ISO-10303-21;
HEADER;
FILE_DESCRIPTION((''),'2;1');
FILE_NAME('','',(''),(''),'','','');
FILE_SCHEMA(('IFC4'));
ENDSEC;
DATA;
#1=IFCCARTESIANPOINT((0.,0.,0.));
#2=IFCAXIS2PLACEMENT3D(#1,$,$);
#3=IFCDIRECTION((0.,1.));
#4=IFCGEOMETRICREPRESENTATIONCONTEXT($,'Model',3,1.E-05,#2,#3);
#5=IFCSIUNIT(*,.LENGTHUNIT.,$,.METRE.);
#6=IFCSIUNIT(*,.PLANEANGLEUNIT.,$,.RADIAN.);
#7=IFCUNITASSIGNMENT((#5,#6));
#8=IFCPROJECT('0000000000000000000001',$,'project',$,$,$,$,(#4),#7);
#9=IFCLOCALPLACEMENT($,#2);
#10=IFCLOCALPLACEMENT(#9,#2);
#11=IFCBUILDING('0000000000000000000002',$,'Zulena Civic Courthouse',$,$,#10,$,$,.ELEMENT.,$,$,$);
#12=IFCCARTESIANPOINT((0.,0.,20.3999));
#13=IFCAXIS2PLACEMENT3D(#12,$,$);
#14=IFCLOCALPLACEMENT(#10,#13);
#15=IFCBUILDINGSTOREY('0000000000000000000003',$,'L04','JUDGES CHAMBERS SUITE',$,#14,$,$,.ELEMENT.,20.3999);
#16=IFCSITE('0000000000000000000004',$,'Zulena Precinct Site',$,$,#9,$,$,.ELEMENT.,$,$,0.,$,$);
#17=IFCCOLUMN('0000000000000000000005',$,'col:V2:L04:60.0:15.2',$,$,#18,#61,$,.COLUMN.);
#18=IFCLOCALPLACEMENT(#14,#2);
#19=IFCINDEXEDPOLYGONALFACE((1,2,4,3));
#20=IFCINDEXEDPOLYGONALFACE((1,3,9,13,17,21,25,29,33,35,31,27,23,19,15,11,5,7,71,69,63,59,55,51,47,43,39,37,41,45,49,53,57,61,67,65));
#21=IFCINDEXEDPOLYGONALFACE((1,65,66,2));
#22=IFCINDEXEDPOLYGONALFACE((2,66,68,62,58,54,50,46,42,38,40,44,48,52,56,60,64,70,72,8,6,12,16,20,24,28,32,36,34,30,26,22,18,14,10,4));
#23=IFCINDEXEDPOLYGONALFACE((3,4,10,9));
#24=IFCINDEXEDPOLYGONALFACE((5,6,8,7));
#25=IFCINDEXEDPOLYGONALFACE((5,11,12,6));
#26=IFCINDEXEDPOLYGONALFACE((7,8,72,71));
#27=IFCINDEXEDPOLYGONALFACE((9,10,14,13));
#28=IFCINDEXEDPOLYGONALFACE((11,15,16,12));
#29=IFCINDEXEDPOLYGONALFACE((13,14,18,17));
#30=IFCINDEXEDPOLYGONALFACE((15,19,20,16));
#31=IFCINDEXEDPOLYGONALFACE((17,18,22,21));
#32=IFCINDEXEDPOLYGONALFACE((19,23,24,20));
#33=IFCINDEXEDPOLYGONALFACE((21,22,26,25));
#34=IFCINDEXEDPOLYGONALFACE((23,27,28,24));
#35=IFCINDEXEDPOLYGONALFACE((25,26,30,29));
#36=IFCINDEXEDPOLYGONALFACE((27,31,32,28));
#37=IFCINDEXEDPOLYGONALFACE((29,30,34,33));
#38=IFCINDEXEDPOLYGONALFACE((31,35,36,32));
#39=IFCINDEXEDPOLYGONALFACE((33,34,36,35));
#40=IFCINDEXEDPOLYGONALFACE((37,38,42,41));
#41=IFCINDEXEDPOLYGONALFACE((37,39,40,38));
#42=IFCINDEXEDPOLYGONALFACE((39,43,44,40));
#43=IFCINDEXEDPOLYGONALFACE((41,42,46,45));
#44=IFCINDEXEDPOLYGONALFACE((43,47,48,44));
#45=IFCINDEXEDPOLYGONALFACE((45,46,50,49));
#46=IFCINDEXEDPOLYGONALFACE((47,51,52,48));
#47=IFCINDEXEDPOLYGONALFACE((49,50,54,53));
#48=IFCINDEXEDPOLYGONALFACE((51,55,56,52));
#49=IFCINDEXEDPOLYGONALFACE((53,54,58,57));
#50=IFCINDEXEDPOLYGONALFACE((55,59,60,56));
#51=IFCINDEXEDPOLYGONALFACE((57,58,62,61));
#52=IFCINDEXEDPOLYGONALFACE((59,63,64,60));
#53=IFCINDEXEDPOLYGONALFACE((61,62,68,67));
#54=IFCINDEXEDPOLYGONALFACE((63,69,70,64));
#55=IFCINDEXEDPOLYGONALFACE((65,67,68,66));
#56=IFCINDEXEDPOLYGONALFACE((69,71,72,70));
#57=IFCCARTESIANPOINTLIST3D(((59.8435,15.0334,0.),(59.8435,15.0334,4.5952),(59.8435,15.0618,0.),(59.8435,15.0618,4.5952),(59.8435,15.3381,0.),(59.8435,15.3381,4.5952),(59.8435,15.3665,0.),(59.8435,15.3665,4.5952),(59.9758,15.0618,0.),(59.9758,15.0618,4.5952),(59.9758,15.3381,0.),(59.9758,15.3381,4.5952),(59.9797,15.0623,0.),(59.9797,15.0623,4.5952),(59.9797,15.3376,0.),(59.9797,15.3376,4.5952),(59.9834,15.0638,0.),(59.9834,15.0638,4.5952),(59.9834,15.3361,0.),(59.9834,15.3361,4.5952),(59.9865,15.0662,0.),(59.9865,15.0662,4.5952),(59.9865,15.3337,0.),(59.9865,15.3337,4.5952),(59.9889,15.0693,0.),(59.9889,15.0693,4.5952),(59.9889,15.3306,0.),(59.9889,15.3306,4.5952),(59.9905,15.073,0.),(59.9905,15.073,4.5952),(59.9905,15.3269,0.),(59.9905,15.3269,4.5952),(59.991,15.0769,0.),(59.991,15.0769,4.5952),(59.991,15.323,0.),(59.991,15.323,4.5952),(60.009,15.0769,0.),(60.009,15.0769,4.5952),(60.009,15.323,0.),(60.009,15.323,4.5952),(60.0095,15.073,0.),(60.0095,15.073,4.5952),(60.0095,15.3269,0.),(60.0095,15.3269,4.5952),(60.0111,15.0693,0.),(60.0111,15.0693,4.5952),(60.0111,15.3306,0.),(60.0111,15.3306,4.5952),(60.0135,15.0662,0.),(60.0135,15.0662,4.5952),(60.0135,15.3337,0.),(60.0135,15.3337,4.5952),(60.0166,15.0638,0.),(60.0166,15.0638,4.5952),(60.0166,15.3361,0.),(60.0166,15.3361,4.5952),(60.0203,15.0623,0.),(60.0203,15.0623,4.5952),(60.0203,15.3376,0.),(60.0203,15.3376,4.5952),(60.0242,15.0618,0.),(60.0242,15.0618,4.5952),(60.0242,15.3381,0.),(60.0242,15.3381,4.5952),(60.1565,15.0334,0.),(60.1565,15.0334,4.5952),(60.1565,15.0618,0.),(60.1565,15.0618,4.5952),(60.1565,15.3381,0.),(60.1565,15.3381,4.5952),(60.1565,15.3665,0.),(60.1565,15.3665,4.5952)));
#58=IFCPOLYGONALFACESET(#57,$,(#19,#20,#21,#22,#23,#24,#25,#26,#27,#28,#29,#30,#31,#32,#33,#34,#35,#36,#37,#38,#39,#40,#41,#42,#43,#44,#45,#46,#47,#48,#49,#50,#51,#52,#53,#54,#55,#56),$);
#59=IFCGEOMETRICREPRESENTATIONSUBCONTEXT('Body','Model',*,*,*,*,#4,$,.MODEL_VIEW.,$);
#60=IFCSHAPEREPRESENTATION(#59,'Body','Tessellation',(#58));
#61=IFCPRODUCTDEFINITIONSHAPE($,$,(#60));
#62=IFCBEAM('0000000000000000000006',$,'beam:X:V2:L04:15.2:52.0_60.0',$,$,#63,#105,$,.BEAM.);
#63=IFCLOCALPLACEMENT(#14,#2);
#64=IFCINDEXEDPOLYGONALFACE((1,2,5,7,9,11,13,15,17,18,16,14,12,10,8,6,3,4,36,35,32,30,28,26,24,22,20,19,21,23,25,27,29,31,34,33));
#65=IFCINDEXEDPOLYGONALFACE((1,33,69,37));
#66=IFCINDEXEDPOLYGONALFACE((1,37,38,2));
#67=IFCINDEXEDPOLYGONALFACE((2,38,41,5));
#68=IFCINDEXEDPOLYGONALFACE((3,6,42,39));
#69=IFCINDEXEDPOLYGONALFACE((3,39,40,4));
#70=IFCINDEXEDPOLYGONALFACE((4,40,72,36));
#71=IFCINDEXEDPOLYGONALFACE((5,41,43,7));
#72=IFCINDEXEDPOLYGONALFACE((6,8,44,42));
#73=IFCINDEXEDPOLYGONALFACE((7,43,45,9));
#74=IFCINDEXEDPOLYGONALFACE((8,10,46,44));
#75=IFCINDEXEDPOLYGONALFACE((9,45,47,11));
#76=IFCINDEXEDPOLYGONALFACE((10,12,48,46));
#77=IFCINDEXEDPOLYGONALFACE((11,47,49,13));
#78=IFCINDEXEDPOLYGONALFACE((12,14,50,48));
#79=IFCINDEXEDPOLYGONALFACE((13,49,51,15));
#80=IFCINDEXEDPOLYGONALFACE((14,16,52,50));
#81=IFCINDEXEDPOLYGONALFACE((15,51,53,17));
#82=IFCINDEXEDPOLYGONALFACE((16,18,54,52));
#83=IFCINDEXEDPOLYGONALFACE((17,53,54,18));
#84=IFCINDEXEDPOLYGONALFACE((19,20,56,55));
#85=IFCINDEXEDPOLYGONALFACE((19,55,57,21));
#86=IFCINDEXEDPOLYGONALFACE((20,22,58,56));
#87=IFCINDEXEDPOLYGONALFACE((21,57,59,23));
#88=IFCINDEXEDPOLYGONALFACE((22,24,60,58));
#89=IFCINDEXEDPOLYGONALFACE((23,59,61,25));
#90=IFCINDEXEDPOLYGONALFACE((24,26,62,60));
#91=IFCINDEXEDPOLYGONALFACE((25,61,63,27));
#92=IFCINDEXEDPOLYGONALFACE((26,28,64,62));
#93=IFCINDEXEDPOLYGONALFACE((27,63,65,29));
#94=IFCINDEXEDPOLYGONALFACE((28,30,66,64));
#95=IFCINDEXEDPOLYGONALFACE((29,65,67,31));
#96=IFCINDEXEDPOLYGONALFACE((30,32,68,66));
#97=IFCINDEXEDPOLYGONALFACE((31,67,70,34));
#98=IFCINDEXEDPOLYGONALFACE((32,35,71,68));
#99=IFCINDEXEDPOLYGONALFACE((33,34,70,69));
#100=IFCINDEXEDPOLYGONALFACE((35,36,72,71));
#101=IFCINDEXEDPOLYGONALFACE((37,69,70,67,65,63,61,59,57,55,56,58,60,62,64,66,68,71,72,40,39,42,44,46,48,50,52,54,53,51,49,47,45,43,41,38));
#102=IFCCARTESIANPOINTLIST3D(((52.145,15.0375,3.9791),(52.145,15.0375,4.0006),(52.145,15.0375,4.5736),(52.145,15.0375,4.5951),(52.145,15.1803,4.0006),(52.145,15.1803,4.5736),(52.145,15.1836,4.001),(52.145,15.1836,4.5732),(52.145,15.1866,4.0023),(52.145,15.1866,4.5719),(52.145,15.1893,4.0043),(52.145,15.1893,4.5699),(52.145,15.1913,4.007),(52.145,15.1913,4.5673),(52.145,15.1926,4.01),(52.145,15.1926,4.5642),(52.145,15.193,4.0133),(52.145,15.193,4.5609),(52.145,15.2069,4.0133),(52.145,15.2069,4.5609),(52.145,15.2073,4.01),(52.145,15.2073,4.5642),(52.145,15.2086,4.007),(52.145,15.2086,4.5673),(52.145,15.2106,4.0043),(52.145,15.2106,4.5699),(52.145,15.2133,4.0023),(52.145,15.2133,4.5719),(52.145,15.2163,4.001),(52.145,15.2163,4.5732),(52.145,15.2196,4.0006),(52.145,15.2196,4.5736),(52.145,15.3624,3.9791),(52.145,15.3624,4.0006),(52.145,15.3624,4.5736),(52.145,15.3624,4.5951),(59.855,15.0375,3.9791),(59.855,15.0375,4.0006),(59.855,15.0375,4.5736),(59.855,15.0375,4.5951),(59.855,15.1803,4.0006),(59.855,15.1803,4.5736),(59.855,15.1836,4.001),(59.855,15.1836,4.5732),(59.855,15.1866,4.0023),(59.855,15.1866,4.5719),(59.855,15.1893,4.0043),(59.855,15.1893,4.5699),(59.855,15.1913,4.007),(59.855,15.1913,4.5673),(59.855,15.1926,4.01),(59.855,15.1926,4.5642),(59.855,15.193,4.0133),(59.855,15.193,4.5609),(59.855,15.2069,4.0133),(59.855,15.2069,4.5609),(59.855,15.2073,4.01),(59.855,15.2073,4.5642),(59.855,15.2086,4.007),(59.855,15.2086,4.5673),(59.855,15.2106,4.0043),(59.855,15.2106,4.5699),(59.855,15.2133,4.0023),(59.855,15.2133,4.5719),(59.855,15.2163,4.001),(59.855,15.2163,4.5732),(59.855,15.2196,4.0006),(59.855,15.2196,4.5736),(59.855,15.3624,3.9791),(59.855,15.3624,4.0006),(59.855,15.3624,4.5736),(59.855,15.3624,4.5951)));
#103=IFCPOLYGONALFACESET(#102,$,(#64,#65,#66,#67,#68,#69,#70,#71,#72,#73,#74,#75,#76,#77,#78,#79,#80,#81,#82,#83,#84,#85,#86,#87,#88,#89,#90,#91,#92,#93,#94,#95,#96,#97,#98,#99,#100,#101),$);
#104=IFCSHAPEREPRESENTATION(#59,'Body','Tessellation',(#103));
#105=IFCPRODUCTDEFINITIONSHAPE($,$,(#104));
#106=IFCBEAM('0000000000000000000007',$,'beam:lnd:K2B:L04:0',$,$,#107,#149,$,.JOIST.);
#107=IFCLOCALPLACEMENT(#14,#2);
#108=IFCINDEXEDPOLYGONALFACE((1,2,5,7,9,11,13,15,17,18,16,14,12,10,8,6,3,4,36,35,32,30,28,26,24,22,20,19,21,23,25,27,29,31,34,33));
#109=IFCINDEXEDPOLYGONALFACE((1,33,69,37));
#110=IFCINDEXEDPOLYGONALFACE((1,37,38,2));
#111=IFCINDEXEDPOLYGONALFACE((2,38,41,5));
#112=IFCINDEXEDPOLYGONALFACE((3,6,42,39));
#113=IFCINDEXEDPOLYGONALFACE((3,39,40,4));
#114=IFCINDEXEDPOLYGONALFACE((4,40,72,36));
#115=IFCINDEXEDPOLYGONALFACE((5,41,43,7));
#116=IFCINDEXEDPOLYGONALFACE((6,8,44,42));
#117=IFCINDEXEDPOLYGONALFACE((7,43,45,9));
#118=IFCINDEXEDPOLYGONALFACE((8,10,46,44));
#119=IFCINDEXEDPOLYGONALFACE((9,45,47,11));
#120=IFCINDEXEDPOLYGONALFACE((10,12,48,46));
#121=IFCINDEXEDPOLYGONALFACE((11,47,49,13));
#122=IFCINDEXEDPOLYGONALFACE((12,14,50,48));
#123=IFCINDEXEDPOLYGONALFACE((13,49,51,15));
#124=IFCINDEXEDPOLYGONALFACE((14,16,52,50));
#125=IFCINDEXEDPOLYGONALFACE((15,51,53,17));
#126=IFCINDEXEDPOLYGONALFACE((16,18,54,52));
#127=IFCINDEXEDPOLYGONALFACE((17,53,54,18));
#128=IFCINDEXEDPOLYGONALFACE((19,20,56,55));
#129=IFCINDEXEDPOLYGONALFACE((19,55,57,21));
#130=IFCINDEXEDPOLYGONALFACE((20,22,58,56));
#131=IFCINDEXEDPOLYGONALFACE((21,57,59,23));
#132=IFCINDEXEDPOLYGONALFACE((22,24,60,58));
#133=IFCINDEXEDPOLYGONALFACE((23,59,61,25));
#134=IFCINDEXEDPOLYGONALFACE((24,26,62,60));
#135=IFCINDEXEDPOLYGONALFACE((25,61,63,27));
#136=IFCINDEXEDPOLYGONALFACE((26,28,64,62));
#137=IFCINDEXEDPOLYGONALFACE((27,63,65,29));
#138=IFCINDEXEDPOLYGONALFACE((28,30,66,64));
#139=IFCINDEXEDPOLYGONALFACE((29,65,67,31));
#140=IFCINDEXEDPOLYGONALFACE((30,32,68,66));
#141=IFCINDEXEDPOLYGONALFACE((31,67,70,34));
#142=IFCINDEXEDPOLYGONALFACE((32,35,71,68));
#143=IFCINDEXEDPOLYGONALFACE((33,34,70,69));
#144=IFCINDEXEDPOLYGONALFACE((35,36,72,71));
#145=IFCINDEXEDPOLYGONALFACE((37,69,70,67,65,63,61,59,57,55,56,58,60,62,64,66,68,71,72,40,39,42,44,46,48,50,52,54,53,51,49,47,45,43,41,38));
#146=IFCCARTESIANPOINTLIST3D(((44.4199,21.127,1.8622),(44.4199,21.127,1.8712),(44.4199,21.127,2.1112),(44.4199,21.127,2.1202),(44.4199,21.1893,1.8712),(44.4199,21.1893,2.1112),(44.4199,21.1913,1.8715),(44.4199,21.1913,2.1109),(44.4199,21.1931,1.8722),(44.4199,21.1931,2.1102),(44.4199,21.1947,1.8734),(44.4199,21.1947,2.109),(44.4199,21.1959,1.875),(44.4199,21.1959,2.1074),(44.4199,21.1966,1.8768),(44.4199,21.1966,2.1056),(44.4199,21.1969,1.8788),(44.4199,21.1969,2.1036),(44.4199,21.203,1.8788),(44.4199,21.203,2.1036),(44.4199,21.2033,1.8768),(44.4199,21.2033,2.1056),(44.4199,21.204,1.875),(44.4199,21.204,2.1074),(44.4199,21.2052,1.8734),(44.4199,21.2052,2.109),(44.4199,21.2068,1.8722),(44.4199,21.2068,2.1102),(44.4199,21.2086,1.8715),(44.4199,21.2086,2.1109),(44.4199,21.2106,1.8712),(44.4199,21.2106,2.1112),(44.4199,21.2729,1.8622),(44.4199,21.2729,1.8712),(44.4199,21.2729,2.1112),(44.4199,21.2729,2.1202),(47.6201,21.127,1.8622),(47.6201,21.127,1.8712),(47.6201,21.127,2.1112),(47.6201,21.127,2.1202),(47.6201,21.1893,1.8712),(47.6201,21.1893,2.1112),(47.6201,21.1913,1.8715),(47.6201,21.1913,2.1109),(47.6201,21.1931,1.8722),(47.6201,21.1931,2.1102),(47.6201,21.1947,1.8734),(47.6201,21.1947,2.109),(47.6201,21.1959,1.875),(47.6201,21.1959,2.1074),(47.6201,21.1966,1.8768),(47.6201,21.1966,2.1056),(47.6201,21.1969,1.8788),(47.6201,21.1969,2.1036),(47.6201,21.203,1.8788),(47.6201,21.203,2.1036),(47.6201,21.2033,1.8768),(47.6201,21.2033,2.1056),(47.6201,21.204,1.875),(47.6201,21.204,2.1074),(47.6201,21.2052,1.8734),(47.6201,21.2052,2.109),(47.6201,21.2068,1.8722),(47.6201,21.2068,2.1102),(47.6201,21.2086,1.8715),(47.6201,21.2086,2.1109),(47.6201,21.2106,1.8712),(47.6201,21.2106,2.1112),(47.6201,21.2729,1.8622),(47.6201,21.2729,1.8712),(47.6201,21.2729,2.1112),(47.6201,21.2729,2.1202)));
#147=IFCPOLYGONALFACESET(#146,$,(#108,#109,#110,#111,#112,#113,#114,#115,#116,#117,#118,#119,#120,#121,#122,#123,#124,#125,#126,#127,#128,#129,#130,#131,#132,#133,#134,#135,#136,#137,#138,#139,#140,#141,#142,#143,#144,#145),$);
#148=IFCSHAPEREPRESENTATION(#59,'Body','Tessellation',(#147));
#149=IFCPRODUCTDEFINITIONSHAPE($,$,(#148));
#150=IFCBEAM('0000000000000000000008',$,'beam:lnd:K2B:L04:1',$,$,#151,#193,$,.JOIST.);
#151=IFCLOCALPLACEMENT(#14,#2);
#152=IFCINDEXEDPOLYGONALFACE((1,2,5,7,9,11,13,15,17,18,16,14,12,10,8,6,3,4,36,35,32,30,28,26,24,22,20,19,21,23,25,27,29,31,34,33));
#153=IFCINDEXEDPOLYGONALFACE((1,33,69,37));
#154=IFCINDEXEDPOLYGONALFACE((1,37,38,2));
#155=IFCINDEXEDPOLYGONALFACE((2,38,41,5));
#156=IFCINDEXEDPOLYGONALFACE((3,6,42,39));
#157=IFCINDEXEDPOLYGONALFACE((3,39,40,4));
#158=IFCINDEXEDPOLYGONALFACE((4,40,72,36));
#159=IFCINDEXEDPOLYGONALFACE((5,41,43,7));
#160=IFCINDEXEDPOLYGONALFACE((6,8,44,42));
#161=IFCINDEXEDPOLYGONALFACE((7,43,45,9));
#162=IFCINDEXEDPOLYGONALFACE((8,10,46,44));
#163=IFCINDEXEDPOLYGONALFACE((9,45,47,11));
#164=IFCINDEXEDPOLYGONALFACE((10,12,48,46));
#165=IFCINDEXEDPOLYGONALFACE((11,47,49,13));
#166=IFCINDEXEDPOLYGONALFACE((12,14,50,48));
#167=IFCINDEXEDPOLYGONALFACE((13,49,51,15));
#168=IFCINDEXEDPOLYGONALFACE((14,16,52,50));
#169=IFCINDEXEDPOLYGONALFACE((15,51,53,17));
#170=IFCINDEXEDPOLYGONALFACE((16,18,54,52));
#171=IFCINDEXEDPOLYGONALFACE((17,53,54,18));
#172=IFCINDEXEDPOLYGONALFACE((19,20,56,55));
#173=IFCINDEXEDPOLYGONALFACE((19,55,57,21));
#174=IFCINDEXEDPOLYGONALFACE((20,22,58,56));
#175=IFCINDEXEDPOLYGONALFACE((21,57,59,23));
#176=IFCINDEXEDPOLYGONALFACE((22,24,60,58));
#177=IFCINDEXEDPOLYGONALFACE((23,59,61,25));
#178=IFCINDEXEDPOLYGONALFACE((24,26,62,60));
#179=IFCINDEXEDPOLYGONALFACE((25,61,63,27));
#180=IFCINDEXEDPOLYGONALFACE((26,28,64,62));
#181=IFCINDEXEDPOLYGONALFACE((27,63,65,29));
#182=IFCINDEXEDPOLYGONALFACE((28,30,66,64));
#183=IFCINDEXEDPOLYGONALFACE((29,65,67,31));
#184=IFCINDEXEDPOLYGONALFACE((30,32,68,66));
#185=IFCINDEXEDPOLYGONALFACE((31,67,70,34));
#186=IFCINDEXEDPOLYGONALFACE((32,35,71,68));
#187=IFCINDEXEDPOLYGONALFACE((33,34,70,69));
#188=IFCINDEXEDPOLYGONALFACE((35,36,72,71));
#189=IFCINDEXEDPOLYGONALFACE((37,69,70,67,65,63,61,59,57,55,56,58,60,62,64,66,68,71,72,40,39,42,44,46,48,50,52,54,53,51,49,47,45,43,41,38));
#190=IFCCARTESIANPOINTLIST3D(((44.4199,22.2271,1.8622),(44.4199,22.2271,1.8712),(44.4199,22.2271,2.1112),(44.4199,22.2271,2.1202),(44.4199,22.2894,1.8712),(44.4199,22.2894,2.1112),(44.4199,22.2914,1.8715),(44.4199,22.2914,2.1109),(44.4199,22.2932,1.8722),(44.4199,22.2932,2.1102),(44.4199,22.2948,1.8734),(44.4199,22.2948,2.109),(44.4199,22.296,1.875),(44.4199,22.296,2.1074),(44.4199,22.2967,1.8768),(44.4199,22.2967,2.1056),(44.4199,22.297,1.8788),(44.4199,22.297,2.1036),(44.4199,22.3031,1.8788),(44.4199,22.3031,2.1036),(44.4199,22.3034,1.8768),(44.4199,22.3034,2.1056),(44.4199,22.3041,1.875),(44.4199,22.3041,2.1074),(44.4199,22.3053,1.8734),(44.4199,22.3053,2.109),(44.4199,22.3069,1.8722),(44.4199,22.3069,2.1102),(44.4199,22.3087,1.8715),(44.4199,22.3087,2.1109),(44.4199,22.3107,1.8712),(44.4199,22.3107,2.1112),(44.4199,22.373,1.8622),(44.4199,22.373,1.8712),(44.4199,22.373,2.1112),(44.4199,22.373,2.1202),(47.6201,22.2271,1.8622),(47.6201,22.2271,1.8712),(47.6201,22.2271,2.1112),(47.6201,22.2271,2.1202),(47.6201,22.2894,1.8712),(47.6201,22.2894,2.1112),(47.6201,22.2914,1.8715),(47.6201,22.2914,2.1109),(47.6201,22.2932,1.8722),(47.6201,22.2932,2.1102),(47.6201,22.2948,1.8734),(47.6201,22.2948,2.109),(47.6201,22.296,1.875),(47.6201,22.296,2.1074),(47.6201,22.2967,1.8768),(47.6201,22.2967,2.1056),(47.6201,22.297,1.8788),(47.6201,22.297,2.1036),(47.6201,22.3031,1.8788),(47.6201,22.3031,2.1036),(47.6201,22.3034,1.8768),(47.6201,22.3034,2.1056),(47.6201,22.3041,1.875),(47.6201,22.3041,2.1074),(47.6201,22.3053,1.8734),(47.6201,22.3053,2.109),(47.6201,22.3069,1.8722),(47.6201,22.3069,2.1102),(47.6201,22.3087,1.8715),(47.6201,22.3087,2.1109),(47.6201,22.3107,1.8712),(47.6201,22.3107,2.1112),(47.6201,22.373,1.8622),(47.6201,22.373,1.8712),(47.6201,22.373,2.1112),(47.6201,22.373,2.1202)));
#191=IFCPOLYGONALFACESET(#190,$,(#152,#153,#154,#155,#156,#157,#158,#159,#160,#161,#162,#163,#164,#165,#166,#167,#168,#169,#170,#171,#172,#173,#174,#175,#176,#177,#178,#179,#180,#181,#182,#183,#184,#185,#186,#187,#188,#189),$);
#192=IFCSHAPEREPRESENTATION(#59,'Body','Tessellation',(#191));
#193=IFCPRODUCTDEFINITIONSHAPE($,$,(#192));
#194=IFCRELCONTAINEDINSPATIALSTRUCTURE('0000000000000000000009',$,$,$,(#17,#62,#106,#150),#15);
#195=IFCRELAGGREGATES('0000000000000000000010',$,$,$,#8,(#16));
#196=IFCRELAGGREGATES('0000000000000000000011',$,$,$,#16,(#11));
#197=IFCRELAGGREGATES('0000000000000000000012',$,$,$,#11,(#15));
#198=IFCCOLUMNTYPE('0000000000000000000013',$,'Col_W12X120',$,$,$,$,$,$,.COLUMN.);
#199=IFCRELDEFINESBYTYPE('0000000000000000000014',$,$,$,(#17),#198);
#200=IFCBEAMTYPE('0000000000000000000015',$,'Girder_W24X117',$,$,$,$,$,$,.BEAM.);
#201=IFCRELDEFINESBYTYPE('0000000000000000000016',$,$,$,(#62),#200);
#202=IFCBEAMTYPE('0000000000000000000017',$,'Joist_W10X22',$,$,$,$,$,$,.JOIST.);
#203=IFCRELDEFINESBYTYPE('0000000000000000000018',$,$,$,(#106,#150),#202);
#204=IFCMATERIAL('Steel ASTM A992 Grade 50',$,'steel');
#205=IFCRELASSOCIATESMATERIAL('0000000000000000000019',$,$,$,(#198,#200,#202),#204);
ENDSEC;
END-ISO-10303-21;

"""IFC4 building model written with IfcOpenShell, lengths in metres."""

from ifc_helpers import new_model, si_unit, direction, frame, origin, origin_2d, place, context, subcontext, project, spatial, i_section, extrude, material, material_profile, profile_set, type_object, element, save


model = new_model("IFC4")

# Units and contexts
model_context = context("Model", 3, precision=1e-05, world=origin(), true_north=direction((0.0, 1.0)))
body_context = subcontext(model_context, "Body", "Model", "MODEL_VIEW")
ifc_project = project(units=[si_unit("LENGTHUNIT", "METRE"), si_unit("PLANEANGLEUNIT", "RADIAN")], contexts=[model_context])

# Site, building, storey
site_placement = place(None, origin())
site = spatial("IfcSite", under=ifc_project, at=site_placement, Name="Zulena Precinct Site", CompositionType="ELEMENT", RefElevation=0.0)
building_placement = place(site_placement, origin())
building = spatial("IfcBuilding", under=site, at=building_placement, Name="Zulena Civic Courthouse", CompositionType="ELEMENT")
storey_placement = place(building_placement, frame((0.0, 0.0, 20.3999)))
storey = spatial("IfcBuildingStorey", under=building, at=storey_placement, Name="L04", Description="JUDGES CHAMBERS SUITE", CompositionType="ELEMENT", Elevation=20.3999)

# Column
ifc_material_1 = material(Name="Steel ASTM A992 Grade 50", Category="steel")
ifc_material_profile_1 = material_profile(ifc_material_1, i_section(OverallWidth=0.313, OverallDepth=0.333, WebThickness=0.0181, FlangeThickness=0.0283, FilletRadius=0.0151, at=origin_2d()), Name="W12X120")
ifc_profile_set_1 = profile_set([ifc_material_profile_1], Name="Steel ASTM A992 Grade 50")
column_type_1 = type_object("IfcColumnType", Name="Col_W12X120", PredefinedType="COLUMN", material=ifc_profile_set_1)
column_placement = place(storey_placement, frame((60.0, 15.2, 0.0), z_axis=(0.0, 0.0, 1.0), x_axis=(1.0, 0.0, 0.0)))
element("IfcColumn", 1, at=column_placement, inside=storey, type_object=column_type_1, Name="col:V2:L04:60.0:15.2", PredefinedType="COLUMN", context=body_context, shape_type="SweptSolid", body=[
    extrude(i_section(OverallWidth=0.313, OverallDepth=0.333, WebThickness=0.0181, FlangeThickness=0.0283, FilletRadius=0.0151, at=origin_2d()), origin(), (0.0, 0.0, 1.0), 4.5952),
])

# Beams
ifc_material_profile_2 = material_profile(ifc_material_1, i_section(OverallWidth=0.325, OverallDepth=0.616, WebThickness=0.0139, FlangeThickness=0.0215, FilletRadius=0.0127, at=origin_2d()), Name="W24X117")
ifc_profile_set_2 = profile_set([ifc_material_profile_2], Name="Steel ASTM A992 Grade 50")
beam_type_1 = type_object("IfcBeamType", Name="Girder_W24X117", PredefinedType="BEAM", material=ifc_profile_set_2)
beam_1_placement = place(storey_placement, frame((52.145, 15.2, 4.2871), z_axis=(1.0, 0.0, 0.0), x_axis=(0.0, 1.0, 0.0)))
element("IfcBeam", 2, at=beam_1_placement, inside=storey, type_object=beam_type_1, Name="beam:X:V2:L04:15.2:52.0_60.0", PredefinedType="BEAM", context=body_context, shape_type="SweptSolid", body=[
    extrude(i_section(OverallWidth=0.325, OverallDepth=0.616, WebThickness=0.0139, FlangeThickness=0.0215, FilletRadius=0.0127, at=origin_2d()), origin(), (0.0, 0.0, 1.0), 7.71),
])
ifc_material_profile_3 = material_profile(ifc_material_1, i_section(OverallWidth=0.146, OverallDepth=0.2581, WebThickness=0.0061, FlangeThickness=0.009, FilletRadius=0.0076, at=origin_2d()), Name="W10X22")
ifc_profile_set_3 = profile_set([ifc_material_profile_3], Name="Steel ASTM A992 Grade 50")
beam_type_2 = type_object("IfcBeamType", Name="Joist_W10X22", PredefinedType="JOIST", material=ifc_profile_set_3)
for number, where, z_axis, x_axis, name in (
    (3, (44.4199, 21.2, 1.9912), (1.0, 0.0, 0.0), (0.0, 1.0, 0.0), "beam:lnd:K2B:L04:0"),
    (4, (44.4199, 22.3, 1.9912), (1.0, 0.0, 0.0), (0.0, 1.0, 0.0), "beam:lnd:K2B:L04:1"),
):
    element("IfcBeam", number, at=place(storey_placement, frame(where, z_axis=z_axis, x_axis=x_axis)), inside=storey, type_object=beam_type_2, Name=name, PredefinedType="JOIST", context=body_context, shape_type="SweptSolid", body=[
        extrude(i_section(OverallWidth=0.146, OverallDepth=0.2581, WebThickness=0.0061, FlangeThickness=0.009, FilletRadius=0.0076, at=origin_2d()), origin(), (0.0, 0.0, 1.0), 3.2002),
    ])

save(model, "model.ifc")
